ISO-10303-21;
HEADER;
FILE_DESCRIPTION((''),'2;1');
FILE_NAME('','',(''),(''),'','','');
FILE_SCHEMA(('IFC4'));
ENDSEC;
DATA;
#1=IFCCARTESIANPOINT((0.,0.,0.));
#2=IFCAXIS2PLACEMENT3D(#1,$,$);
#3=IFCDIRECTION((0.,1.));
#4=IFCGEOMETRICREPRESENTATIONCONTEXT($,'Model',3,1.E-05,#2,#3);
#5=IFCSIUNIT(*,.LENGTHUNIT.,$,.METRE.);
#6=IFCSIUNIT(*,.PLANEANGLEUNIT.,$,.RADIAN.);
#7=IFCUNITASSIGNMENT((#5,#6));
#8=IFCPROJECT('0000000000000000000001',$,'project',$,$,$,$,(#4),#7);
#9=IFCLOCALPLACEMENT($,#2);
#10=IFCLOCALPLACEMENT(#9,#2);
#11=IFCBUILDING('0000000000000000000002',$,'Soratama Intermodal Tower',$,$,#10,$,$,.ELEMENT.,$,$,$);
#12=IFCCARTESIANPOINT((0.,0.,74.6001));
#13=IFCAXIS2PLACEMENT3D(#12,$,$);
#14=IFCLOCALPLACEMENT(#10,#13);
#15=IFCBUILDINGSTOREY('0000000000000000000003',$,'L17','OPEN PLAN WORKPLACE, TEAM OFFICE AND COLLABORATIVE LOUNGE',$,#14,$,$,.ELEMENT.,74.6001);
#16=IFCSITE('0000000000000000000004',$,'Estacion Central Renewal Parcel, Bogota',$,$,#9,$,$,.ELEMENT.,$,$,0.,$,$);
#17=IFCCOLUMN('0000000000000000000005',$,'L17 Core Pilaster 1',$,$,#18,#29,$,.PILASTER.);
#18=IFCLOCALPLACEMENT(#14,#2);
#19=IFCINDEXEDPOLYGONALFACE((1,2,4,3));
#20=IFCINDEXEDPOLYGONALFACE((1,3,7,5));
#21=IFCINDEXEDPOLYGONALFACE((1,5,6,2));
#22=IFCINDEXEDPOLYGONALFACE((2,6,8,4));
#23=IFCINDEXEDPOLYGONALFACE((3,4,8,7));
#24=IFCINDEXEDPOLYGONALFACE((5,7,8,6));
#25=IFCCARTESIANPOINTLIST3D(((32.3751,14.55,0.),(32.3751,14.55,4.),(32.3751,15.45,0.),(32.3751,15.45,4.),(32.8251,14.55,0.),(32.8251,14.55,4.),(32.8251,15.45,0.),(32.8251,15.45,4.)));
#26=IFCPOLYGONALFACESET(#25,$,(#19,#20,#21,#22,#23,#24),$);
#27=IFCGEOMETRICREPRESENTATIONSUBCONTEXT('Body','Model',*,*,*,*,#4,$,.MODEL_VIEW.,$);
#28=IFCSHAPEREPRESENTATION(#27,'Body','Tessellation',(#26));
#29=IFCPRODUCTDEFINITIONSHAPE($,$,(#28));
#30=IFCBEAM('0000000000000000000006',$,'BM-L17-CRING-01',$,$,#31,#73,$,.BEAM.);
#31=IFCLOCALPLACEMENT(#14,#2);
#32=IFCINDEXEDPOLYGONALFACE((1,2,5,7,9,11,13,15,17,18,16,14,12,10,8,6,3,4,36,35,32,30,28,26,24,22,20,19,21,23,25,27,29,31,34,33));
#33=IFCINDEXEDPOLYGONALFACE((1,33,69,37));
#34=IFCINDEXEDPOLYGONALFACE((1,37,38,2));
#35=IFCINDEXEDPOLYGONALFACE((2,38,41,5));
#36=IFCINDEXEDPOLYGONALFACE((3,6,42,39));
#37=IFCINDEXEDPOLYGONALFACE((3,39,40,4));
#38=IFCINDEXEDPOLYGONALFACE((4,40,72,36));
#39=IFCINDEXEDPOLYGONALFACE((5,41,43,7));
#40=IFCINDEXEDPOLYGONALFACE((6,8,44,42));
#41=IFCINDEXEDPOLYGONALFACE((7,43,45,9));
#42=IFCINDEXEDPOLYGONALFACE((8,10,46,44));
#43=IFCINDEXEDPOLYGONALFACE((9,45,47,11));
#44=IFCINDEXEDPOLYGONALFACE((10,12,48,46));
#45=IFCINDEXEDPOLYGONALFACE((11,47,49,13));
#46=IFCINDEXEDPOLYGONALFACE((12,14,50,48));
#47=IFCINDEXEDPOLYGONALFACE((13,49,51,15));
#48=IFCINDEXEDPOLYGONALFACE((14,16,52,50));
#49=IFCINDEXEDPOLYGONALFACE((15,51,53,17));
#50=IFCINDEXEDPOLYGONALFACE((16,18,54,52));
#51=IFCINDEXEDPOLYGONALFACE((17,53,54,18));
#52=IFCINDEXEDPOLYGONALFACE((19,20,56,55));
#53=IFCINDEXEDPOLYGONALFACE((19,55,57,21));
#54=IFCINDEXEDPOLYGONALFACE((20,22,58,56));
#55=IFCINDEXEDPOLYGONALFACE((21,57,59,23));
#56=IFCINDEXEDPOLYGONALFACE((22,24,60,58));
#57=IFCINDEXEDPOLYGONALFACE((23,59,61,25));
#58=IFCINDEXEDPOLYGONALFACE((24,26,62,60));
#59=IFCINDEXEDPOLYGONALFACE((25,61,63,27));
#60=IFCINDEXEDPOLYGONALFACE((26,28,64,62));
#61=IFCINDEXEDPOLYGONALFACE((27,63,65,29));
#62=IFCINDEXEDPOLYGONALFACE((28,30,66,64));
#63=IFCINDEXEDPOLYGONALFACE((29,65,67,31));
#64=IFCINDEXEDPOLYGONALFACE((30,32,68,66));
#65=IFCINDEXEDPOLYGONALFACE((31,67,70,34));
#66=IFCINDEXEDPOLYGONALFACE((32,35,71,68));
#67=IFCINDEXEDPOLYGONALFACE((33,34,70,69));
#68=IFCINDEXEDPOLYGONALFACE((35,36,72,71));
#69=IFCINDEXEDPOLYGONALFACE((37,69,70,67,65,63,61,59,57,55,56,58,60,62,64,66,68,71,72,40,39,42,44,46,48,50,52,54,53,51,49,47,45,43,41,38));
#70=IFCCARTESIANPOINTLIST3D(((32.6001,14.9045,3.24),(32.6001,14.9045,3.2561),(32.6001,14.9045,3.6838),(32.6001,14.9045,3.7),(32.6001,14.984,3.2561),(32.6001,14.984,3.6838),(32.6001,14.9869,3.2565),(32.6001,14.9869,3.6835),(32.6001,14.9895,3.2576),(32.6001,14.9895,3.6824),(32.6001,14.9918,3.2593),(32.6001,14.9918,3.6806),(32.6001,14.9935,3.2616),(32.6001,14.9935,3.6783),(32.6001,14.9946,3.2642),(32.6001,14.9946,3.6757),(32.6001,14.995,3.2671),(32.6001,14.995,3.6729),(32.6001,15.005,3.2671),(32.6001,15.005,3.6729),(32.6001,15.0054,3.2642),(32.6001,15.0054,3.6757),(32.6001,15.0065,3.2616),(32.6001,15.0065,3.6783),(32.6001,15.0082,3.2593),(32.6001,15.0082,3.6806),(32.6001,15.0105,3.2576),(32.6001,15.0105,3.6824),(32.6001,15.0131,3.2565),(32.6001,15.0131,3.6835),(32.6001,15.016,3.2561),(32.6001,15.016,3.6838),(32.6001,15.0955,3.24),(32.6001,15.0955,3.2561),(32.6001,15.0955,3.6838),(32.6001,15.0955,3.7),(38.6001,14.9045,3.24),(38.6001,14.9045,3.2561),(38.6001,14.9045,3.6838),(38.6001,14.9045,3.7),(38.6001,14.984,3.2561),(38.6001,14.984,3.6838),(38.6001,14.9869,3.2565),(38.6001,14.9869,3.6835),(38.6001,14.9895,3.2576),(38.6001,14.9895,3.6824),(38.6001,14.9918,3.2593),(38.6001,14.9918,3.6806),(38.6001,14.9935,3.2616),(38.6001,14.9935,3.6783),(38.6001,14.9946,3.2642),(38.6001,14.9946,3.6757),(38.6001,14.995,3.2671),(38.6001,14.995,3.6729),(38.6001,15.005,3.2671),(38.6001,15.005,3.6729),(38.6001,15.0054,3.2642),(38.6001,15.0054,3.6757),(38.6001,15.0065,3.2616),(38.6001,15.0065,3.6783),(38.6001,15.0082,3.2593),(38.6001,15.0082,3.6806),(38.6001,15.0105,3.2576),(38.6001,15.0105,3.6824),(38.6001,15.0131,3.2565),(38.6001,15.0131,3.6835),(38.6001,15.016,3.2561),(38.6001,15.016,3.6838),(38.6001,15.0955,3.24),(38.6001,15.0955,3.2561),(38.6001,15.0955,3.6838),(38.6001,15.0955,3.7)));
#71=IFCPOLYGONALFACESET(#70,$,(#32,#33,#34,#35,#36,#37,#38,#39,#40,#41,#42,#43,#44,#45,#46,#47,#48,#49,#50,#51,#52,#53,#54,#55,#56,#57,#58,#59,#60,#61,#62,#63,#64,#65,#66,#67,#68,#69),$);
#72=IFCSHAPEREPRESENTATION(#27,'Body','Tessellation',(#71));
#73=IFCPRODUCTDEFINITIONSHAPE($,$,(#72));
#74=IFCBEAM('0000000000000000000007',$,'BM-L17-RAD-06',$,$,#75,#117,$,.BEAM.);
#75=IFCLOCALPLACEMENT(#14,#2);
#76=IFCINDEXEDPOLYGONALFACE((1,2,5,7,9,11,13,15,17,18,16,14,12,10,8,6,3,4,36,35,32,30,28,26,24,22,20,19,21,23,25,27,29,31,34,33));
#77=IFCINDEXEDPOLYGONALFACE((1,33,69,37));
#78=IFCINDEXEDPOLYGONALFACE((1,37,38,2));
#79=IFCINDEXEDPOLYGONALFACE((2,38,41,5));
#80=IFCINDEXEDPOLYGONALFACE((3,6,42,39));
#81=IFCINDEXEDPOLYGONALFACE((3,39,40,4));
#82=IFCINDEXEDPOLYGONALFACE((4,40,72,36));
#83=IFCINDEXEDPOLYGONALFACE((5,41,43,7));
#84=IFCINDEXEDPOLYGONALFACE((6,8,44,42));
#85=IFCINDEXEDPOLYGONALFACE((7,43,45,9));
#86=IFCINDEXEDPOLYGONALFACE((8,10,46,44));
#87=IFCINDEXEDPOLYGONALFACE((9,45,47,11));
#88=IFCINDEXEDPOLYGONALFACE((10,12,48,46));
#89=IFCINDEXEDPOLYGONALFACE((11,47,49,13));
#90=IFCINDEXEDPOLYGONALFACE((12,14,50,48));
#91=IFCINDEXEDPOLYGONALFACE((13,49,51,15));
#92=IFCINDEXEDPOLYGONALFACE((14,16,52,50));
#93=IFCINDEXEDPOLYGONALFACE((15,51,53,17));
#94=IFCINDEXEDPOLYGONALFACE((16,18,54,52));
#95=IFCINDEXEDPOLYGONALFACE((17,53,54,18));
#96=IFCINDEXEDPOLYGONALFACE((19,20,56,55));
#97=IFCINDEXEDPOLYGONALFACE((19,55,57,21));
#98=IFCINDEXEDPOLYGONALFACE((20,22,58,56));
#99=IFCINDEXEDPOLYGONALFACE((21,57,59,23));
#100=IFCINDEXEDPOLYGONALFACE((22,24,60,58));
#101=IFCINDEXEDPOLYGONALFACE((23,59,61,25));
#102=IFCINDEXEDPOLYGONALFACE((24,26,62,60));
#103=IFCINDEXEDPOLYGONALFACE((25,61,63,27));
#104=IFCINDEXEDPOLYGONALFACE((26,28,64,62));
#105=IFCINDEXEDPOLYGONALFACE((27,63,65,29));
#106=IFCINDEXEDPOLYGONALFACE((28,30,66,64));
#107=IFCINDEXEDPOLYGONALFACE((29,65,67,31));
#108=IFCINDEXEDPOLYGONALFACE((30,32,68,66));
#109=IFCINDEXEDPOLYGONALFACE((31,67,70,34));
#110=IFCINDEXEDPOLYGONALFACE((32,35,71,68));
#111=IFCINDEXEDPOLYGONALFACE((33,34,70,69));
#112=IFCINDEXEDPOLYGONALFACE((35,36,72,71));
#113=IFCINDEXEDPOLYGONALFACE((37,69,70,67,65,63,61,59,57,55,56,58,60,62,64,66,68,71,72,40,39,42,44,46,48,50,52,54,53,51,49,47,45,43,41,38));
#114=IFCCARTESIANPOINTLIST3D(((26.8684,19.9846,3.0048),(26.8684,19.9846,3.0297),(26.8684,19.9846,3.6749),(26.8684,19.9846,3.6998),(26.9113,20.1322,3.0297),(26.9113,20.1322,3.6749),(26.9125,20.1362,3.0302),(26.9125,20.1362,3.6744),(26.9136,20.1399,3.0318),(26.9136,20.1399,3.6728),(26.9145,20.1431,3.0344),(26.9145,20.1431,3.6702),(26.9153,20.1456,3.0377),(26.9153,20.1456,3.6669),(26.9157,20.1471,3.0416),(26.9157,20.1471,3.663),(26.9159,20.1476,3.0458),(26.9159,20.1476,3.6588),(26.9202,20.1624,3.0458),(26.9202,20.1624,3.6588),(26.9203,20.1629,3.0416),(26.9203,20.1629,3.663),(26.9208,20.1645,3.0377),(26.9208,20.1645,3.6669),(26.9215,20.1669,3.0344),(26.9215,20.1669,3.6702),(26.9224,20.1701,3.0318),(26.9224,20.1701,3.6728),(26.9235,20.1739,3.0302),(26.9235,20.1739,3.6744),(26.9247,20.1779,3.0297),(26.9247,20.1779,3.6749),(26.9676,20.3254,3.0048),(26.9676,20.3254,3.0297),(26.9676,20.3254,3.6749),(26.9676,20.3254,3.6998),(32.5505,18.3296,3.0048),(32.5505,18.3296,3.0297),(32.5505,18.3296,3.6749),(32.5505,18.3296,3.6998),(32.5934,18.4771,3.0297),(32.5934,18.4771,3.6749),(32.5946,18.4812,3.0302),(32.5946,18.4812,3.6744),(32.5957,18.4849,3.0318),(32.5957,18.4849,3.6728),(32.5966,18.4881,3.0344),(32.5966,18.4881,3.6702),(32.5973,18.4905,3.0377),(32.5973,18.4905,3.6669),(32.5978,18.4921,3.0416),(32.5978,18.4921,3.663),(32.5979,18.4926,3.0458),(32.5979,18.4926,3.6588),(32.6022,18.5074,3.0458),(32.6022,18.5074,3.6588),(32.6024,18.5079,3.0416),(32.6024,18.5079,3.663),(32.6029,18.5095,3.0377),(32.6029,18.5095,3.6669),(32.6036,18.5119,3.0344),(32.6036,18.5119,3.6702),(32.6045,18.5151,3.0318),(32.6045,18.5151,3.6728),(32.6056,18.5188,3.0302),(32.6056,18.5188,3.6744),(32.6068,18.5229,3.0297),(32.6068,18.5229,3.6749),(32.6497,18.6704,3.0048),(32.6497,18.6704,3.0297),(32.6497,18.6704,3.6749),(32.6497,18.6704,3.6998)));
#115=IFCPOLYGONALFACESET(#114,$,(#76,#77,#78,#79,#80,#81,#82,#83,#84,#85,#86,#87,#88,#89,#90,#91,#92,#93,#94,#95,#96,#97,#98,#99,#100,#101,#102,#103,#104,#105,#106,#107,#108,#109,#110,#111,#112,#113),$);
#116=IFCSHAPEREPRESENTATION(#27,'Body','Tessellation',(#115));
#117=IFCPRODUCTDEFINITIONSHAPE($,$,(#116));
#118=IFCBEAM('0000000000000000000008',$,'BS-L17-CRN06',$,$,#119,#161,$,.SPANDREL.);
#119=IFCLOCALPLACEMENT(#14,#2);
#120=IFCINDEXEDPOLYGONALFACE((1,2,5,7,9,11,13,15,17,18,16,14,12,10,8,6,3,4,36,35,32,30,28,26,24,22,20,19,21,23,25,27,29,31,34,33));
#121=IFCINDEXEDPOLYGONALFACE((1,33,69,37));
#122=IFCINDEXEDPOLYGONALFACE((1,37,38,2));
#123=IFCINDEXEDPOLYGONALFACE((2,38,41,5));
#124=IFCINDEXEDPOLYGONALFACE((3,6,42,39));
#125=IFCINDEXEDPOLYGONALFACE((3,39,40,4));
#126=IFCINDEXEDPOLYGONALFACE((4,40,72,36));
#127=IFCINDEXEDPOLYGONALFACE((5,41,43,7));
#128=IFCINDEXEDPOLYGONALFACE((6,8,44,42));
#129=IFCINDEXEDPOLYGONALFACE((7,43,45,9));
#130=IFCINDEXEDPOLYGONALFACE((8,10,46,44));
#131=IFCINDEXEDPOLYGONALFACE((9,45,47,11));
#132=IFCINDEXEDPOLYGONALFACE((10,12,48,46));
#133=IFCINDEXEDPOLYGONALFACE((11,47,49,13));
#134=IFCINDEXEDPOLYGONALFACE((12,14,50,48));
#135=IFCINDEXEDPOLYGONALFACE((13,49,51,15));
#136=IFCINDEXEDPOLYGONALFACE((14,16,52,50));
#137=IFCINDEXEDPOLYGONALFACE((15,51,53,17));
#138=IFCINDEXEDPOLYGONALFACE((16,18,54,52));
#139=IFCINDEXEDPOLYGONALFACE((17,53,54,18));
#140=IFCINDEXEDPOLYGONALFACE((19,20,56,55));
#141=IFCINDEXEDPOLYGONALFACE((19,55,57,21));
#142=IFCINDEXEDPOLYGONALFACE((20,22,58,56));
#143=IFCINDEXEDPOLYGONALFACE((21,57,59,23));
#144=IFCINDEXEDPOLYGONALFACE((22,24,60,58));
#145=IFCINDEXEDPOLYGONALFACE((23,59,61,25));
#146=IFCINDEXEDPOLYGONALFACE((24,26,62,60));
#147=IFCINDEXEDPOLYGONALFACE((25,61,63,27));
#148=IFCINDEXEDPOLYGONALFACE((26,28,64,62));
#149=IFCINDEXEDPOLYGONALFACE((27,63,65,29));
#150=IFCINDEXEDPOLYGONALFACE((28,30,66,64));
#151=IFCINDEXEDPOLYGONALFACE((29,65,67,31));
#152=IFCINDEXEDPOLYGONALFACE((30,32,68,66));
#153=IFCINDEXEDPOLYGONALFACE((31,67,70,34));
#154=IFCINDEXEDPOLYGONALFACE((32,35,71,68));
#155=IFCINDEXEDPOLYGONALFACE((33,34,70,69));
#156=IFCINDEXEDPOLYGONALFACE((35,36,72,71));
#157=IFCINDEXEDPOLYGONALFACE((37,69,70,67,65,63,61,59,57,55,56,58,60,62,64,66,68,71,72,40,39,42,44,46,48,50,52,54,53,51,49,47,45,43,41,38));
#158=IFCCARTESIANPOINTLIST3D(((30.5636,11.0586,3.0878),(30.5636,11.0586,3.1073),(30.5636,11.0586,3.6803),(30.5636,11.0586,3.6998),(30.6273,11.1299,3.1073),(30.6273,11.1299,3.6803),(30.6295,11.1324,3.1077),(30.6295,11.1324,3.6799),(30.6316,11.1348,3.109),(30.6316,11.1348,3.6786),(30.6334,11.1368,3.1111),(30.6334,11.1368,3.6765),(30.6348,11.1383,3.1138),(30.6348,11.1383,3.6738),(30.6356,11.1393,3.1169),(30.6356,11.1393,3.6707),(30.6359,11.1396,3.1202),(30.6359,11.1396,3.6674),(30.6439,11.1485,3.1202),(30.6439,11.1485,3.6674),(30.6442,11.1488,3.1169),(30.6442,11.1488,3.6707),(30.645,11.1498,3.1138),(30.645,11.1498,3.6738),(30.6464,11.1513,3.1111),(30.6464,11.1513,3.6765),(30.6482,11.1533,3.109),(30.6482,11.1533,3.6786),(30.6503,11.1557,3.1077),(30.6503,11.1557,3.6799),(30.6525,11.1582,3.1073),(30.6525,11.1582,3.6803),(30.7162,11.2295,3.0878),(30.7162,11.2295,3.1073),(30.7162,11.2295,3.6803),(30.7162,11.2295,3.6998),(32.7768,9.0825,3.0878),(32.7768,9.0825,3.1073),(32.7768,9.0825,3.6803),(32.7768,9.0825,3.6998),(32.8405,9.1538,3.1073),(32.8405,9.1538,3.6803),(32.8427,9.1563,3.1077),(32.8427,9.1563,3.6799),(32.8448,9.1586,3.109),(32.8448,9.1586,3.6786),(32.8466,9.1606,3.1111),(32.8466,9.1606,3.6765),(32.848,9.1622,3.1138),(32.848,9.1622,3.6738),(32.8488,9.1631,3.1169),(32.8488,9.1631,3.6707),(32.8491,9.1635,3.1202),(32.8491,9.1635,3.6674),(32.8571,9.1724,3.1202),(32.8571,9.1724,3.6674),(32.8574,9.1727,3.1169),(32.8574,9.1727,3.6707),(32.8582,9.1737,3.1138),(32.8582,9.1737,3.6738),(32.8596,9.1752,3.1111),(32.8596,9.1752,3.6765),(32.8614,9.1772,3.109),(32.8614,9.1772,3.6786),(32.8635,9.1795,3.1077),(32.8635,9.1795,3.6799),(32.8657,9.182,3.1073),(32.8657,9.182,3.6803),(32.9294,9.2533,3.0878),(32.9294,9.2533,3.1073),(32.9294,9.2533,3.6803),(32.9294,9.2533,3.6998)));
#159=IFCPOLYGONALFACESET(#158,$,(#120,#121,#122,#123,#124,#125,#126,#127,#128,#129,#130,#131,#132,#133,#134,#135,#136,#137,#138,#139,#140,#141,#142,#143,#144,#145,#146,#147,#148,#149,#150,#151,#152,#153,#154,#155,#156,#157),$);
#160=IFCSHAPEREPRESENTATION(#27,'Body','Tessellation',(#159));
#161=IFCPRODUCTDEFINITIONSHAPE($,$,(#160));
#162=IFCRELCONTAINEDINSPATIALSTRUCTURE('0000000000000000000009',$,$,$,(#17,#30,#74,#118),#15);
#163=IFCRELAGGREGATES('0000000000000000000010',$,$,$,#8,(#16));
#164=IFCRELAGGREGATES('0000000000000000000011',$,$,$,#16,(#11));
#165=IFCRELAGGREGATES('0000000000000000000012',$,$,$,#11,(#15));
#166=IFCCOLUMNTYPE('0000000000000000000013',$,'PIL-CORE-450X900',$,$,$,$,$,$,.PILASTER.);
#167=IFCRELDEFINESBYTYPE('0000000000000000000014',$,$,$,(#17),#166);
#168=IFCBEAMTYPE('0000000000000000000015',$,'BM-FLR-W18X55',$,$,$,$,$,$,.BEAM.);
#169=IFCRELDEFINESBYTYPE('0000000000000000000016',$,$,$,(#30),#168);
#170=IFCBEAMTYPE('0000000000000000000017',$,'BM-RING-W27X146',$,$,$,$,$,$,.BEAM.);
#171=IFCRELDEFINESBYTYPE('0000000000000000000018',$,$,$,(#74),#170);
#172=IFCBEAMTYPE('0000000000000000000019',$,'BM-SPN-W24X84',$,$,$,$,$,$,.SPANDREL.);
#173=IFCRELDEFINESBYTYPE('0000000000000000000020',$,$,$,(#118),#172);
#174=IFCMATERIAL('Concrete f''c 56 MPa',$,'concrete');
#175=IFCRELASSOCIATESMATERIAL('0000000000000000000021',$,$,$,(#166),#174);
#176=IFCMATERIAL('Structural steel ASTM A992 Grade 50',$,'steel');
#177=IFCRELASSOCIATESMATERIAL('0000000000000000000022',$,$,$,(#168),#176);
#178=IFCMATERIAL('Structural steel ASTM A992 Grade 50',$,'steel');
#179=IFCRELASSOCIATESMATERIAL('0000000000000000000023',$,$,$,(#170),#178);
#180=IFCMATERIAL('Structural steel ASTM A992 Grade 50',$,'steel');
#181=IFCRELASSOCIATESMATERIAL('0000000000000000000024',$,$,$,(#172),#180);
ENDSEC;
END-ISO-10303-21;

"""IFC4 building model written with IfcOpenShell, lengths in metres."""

from ifc_helpers import new_model, si_unit, direction, frame, origin, origin_2d, place, context, subcontext, project, spatial, rectangle, i_section, extrude, material, material_profile, profile_set, type_object, element, save


model = new_model("IFC4")

# Units and contexts
model_context = context("Model", 3, precision=1e-05, world=origin(), true_north=direction((0.0, 1.0)))
body_context = subcontext(model_context, "Body", "Model", "MODEL_VIEW")
ifc_project = project(units=[si_unit("LENGTHUNIT", "METRE"), si_unit("PLANEANGLEUNIT", "RADIAN")], contexts=[model_context])

# Site, building, storey
site_placement = place(None, origin())
site = spatial("IfcSite", under=ifc_project, at=site_placement, Name="Estacion Central Renewal Parcel, Bogota", CompositionType="ELEMENT", RefElevation=0.0)
building_placement = place(site_placement, origin())
building = spatial("IfcBuilding", under=site, at=building_placement, Name="Soratama Intermodal Tower", CompositionType="ELEMENT")
storey_placement = place(building_placement, frame((0.0, 0.0, 74.6001)))
storey = spatial("IfcBuildingStorey", under=building, at=storey_placement, Name="L17", Description="OPEN PLAN WORKPLACE, TEAM OFFICE AND COLLABORATIVE LOUNGE", CompositionType="ELEMENT", Elevation=74.6001)

# Column
ifc_material_1 = material(Name="Concrete f'c 56 MPa", Category="concrete")
ifc_material_profile_1 = material_profile(ifc_material_1, rectangle(XDim=0.45, YDim=0.8999, at=origin_2d()), Name="RC450X900")
ifc_profile_set_1 = profile_set([ifc_material_profile_1], Name="Concrete f'c 56 MPa")
column_type = type_object("IfcColumnType", Name="PIL-CORE-450X900", PredefinedType="PILASTER", material=ifc_profile_set_1)
column_placement = place(storey_placement, frame((32.6001, 15.0, 0.0), z_axis=(0.0, 0.0, 1.0), x_axis=(1.0, 0.0, 0.0)))
element("IfcColumn", 1, at=column_placement, inside=storey, type_object=column_type, Name="L17 Core Pilaster 1", PredefinedType="PILASTER", context=body_context, shape_type="SweptSolid", body=[
    extrude(rectangle(XDim=0.45, YDim=0.8999, at=origin_2d()), origin(), (0.0, 0.0, 1.0), 4.0),
])

# Beams
ifc_material_2 = material(Name="Structural steel ASTM A992 Grade 50", Category="steel")
ifc_material_profile_2 = material_profile(ifc_material_2, i_section(OverallWidth=0.1909, OverallDepth=0.46, WebThickness=0.01, FlangeThickness=0.0161, FilletRadius=0.011, at=origin_2d()), Name="W18X55")
ifc_profile_set_2 = profile_set([ifc_material_profile_2], Name="Structural steel ASTM A992 Grade 50")
beam_type_1 = type_object("IfcBeamType", Name="BM-FLR-W18X55", PredefinedType="BEAM", material=ifc_profile_set_2)
beam_1_placement = place(storey_placement, frame((32.6001, 15.0, 3.47), z_axis=(1.0, 0.0, 0.0), x_axis=(0.0, 1.0, 0.0)))
element("IfcBeam", 2, at=beam_1_placement, inside=storey, type_object=beam_type_1, Name="BM-L17-CRING-01", PredefinedType="BEAM", context=body_context, shape_type="SweptSolid", body=[
    extrude(i_section(OverallWidth=0.1909, OverallDepth=0.46, WebThickness=0.01, FlangeThickness=0.0161, FilletRadius=0.011, at=origin_2d()), origin(), (0.0, 0.0, 1.0), 6.0),
])
ifc_material_3 = material(Name="Structural steel ASTM A992 Grade 50", Category="steel")
ifc_material_profile_3 = material_profile(ifc_material_3, i_section(OverallWidth=0.355, OverallDepth=0.6951, WebThickness=0.0154, FlangeThickness=0.0249, FilletRadius=0.0161, at=origin_2d()), Name="W27X146")
ifc_profile_set_3 = profile_set([ifc_material_profile_3], Name="Structural steel ASTM A992 Grade 50")
beam_type_2 = type_object("IfcBeamType", Name="BM-RING-W27X146", PredefinedType="BEAM", material=ifc_profile_set_3)
beam_2_placement = place(storey_placement, frame((32.6001, 18.5, 3.3523), z_axis=(-0.960103, 0.279648, 0.0), x_axis=(-0.279648, -0.960103, 0.0)))
element("IfcBeam", 3, at=beam_2_placement, inside=storey, type_object=beam_type_2, Name="BM-L17-RAD-06", PredefinedType="BEAM", context=body_context, shape_type="SweptSolid", body=[
    extrude(i_section(OverallWidth=0.355, OverallDepth=0.6951, WebThickness=0.0154, FlangeThickness=0.0249, FilletRadius=0.0161, at=origin_2d()), origin(), (0.0, 0.0, 1.0), 5.9182),
])
ifc_material_4 = material(Name="Structural steel ASTM A992 Grade 50", Category="steel")
ifc_material_profile_4 = material_profile(ifc_material_4, i_section(OverallWidth=0.229, OverallDepth=0.6121, WebThickness=0.012, FlangeThickness=0.0195, FilletRadius=0.0129, at=origin_2d()), Name="W24X84")
ifc_profile_set_4 = profile_set([ifc_material_profile_4], Name="Structural steel ASTM A992 Grade 50")
beam_type_3 = type_object("IfcBeamType", Name="BM-SPN-W24X84", PredefinedType="SPANDREL", material=ifc_profile_set_4)
beam_3_placement = place(storey_placement, frame((30.6399, 11.144, 3.3938), z_axis=(0.745927, -0.666027, 0.0), x_axis=(0.666027, 0.745927, 0.0)))
element("IfcBeam", 4, at=beam_3_placement, inside=storey, type_object=beam_type_3, Name="BS-L17-CRN06", PredefinedType="SPANDREL", context=body_context, shape_type="SweptSolid", body=[
    extrude(i_section(OverallWidth=0.229, OverallDepth=0.6121, WebThickness=0.012, FlangeThickness=0.0195, FilletRadius=0.0129, at=origin_2d()), origin(), (0.0, 0.0, 1.0), 2.967),
])

save(model, "model.ifc")
